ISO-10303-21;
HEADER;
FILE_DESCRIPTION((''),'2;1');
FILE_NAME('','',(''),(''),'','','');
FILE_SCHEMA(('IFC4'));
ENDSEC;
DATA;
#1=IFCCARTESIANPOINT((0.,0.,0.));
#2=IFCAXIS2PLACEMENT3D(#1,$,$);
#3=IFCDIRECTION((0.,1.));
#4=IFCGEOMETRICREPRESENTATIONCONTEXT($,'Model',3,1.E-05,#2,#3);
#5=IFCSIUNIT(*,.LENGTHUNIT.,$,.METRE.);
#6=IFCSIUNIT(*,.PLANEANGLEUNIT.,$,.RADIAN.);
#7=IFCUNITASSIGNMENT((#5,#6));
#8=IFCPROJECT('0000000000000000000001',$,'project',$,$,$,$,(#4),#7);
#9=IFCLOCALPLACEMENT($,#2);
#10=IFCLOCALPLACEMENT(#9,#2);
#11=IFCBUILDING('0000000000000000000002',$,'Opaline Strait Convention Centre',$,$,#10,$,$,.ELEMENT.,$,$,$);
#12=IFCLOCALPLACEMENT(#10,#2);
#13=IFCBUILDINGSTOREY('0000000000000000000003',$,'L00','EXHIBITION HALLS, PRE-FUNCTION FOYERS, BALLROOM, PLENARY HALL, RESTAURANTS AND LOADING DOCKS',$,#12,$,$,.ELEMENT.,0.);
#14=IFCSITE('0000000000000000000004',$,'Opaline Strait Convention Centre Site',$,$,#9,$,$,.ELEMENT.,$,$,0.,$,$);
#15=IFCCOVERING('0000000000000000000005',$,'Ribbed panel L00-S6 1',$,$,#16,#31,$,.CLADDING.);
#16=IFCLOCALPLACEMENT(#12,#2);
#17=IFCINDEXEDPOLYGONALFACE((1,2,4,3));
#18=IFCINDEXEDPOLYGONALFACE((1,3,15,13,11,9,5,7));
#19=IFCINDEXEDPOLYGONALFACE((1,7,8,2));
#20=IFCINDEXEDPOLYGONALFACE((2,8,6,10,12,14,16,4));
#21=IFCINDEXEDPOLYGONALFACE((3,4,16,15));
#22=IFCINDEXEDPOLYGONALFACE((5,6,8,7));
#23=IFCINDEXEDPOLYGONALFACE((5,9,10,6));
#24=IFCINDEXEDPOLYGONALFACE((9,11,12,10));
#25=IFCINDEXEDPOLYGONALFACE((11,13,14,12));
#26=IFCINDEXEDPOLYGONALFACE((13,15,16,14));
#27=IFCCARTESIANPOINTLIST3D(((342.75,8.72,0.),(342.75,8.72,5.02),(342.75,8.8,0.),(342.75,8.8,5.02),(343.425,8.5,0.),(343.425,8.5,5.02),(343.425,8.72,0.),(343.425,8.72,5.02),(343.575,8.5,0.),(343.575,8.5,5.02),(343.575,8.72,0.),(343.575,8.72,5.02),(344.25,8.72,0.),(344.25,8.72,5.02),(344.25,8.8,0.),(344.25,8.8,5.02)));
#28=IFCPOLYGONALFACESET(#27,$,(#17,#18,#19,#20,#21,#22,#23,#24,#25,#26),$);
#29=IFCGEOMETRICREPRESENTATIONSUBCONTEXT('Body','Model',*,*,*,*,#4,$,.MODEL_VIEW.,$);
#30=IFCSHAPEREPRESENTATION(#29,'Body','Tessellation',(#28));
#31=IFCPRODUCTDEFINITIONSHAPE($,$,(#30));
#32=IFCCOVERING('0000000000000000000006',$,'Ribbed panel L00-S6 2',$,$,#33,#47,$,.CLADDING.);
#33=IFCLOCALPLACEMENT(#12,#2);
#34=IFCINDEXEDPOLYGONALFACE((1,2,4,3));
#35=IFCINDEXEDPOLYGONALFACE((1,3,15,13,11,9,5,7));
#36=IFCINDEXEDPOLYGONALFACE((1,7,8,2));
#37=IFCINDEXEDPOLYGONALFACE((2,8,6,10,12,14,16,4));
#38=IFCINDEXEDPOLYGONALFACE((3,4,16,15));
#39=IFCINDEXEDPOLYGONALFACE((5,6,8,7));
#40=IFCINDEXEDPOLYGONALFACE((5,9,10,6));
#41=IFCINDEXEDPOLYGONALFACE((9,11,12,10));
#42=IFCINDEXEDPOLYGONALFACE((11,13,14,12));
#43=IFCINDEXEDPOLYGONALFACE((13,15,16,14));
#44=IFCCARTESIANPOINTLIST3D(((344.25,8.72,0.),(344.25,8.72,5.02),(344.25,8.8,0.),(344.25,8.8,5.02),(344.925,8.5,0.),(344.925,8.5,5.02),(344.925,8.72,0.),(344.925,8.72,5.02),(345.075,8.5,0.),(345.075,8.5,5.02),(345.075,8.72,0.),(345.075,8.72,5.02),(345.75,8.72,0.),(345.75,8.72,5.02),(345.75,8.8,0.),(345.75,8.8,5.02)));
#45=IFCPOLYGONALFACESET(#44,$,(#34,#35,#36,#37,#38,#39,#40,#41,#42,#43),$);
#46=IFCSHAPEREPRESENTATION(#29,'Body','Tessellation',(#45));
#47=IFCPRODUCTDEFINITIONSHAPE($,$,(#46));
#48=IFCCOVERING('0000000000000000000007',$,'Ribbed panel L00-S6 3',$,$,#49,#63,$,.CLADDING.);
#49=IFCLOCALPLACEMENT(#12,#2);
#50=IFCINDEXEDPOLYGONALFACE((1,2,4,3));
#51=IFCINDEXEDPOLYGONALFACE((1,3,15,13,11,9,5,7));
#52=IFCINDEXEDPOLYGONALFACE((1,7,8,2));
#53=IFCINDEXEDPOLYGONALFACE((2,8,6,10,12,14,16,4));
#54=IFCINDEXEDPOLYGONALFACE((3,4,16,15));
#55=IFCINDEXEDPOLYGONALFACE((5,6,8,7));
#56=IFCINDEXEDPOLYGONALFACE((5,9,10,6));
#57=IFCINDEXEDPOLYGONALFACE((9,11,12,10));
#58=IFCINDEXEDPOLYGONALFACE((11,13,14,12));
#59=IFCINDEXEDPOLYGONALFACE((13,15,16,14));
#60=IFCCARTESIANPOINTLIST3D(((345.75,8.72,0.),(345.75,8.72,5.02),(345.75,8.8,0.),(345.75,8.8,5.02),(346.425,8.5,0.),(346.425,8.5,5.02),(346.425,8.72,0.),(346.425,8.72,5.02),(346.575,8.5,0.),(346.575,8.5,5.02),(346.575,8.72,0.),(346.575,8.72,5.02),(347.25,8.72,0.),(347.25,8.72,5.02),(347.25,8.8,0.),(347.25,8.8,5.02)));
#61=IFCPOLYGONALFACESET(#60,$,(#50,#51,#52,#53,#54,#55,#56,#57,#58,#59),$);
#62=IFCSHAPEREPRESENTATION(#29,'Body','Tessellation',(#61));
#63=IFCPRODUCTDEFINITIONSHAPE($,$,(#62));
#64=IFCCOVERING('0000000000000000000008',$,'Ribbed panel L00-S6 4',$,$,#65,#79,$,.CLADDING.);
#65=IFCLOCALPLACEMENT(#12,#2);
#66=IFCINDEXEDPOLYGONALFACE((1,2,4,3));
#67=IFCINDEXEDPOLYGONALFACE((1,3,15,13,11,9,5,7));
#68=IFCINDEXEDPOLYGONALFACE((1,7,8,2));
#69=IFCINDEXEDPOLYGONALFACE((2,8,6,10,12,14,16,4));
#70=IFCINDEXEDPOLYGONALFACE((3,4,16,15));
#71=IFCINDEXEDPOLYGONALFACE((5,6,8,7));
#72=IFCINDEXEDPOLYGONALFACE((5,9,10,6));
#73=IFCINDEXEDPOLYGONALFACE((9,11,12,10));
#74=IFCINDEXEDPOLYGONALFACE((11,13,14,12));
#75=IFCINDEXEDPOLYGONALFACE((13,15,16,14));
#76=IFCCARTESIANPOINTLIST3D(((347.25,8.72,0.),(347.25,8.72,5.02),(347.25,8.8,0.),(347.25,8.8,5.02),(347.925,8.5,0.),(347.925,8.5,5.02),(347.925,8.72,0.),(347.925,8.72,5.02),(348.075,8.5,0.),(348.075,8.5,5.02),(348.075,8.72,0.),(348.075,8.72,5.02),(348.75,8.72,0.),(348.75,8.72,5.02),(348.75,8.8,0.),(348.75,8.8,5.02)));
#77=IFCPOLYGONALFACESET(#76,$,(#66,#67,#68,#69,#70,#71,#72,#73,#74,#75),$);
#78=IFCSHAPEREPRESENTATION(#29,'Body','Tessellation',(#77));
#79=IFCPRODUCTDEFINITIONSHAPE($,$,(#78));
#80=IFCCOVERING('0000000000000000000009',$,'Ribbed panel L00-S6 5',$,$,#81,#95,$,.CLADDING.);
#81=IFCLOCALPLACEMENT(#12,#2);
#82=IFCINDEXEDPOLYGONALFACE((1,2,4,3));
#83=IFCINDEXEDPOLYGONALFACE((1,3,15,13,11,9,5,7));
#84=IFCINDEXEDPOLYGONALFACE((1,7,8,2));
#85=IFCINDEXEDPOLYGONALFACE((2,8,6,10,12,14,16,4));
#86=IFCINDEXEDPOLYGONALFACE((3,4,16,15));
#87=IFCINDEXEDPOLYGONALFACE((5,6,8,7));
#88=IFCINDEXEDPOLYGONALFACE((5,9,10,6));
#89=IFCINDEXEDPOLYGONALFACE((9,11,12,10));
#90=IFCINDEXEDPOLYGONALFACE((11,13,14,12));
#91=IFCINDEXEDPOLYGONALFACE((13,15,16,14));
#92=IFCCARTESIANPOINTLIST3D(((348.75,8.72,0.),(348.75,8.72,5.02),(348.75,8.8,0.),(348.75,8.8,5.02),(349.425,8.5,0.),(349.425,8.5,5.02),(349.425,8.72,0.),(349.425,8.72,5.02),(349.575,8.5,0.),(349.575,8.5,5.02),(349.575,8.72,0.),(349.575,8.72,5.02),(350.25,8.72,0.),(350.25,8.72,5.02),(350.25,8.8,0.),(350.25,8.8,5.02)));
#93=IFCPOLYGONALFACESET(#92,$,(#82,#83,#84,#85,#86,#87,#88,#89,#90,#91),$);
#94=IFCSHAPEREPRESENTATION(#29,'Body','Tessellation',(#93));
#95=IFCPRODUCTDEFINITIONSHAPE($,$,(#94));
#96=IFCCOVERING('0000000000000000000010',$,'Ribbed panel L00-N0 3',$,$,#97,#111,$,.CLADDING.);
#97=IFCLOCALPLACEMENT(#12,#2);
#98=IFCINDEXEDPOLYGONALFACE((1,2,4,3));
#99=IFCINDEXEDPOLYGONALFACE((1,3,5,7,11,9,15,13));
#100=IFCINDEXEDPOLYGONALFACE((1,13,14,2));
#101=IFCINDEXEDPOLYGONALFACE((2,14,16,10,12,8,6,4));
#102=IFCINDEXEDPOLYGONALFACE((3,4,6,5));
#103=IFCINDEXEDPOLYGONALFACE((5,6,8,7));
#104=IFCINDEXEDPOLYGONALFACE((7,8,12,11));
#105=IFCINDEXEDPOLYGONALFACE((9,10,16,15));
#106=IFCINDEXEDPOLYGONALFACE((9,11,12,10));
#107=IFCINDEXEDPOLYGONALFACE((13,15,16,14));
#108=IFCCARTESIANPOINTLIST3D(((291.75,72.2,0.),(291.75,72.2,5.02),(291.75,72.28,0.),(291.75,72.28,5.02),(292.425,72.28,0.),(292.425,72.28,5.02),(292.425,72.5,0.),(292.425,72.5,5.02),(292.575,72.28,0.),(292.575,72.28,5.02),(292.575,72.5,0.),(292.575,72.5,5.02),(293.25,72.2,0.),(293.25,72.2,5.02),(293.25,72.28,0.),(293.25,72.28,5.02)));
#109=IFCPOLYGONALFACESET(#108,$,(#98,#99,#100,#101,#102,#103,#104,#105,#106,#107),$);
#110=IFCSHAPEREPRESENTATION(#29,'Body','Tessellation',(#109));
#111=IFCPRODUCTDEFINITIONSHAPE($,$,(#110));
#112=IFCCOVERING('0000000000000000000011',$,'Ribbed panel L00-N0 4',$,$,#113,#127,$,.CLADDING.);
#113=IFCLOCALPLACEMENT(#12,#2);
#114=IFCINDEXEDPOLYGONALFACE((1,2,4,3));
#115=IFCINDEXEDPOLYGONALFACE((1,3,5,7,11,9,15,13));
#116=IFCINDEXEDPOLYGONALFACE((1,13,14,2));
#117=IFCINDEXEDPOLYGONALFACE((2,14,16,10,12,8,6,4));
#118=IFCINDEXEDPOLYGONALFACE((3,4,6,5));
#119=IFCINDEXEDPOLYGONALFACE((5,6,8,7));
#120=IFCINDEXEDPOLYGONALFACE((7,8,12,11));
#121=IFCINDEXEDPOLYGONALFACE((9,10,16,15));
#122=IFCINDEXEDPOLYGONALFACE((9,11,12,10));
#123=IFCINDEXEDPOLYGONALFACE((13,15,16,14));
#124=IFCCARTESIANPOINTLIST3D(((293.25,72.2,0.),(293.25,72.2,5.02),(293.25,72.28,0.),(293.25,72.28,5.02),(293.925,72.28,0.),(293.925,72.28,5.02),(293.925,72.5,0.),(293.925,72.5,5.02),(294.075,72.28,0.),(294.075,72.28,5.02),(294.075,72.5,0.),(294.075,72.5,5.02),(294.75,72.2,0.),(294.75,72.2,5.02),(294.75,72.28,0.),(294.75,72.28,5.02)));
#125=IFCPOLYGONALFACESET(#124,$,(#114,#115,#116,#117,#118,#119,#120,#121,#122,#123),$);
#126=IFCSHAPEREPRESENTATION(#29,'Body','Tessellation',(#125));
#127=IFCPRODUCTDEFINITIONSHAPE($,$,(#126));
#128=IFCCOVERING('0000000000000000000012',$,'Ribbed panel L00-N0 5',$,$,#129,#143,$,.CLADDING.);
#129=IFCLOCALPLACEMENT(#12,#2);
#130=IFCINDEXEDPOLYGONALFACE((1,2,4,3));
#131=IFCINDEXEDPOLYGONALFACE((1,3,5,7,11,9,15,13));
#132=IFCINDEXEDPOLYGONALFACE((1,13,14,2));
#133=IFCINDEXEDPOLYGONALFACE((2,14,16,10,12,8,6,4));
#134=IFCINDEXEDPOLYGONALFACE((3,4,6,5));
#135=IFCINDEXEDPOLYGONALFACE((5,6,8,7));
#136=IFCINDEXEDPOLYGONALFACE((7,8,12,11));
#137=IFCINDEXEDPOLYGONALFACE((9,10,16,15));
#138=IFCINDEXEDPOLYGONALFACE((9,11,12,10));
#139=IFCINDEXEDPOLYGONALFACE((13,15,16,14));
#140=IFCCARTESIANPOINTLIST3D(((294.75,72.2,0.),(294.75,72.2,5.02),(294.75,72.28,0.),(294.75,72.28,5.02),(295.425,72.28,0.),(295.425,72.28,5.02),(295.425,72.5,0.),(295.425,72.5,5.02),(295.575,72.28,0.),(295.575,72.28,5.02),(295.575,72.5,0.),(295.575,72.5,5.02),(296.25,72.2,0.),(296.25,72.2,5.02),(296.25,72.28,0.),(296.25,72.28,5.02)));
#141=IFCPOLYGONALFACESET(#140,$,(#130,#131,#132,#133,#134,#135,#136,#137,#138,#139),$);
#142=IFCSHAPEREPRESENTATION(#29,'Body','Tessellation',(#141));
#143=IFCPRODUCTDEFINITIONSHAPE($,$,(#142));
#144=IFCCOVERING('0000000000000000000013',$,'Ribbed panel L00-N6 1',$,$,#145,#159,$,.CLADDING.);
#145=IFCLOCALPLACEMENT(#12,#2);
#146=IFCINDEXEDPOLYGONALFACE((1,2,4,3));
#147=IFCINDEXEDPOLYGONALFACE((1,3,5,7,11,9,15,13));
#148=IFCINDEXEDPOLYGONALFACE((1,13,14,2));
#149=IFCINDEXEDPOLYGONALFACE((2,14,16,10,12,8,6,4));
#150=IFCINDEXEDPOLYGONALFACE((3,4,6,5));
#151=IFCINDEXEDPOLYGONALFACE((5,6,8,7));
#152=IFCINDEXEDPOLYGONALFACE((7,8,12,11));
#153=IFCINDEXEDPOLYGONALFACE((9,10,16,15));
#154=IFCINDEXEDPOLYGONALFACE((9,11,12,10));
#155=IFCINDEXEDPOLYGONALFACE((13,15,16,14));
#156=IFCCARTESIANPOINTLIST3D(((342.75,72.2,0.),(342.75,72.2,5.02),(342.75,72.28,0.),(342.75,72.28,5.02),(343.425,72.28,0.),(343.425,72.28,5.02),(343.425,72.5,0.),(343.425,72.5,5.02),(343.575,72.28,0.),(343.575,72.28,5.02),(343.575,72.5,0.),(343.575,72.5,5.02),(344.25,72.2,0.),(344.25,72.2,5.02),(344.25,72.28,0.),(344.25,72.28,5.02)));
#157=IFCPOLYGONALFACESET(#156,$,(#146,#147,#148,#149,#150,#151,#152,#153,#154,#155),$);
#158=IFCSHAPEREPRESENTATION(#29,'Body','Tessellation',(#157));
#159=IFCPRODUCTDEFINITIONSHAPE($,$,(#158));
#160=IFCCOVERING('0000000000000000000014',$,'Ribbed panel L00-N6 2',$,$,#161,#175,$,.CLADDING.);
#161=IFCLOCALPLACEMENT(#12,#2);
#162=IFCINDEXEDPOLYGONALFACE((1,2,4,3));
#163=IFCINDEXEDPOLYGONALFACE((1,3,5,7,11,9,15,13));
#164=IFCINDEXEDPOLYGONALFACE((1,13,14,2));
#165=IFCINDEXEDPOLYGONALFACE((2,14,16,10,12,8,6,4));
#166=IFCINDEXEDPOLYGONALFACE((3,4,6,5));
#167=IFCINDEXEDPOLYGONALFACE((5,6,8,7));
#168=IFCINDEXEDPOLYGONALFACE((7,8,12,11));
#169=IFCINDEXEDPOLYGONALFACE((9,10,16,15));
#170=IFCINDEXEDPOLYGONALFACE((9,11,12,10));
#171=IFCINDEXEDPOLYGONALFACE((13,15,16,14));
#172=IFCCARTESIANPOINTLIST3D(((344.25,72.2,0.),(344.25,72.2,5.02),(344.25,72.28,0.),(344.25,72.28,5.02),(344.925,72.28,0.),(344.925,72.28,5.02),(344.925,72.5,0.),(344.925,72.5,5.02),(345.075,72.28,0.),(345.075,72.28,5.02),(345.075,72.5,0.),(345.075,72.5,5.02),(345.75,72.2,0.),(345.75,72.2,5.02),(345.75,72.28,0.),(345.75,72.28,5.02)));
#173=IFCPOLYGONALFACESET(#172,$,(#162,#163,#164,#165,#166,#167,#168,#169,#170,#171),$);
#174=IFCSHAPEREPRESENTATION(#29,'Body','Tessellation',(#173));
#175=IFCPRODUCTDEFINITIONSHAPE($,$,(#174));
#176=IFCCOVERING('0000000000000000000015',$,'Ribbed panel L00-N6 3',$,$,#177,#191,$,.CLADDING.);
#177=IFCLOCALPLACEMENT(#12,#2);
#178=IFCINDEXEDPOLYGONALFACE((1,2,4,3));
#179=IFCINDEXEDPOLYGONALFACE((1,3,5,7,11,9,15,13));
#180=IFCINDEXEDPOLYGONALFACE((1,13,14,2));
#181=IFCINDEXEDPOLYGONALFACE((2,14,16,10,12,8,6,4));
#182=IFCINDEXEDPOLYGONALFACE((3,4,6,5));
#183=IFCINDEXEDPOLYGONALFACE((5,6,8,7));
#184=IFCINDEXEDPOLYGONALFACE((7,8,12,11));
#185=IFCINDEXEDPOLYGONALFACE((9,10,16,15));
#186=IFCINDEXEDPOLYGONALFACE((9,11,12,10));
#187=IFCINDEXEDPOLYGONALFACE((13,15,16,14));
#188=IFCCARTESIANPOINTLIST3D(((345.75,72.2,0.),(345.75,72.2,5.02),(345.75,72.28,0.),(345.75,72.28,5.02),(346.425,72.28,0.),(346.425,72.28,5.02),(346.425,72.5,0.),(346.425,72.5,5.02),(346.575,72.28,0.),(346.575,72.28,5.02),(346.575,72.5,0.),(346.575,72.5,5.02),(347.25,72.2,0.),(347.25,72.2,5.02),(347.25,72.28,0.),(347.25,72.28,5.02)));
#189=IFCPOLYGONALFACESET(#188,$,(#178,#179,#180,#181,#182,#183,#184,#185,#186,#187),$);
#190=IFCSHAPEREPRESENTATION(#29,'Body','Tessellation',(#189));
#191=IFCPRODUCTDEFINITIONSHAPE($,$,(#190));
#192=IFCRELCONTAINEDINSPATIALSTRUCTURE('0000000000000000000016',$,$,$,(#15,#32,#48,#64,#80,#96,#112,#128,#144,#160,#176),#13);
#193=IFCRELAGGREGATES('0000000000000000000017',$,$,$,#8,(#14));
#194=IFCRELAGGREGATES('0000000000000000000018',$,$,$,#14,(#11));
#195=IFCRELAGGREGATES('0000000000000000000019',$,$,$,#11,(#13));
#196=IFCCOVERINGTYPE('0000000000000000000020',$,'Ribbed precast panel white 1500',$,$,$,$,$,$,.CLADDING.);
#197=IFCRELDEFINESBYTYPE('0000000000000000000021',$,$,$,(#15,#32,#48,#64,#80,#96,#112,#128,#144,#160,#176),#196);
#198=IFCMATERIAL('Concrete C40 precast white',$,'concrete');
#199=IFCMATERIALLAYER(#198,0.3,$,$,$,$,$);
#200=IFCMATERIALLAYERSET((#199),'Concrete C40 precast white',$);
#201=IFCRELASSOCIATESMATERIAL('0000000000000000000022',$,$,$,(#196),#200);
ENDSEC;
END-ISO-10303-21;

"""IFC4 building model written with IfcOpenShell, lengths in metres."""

from ifc_helpers import new_model, si_unit, direction, origin, place, context, subcontext, project, spatial, polyline, outline, extrude, material, layer, layer_set, type_object, element, save


model = new_model("IFC4")

# Units and contexts
model_context = context("Model", 3, precision=1e-05, world=origin(), true_north=direction((0.0, 1.0)))
body_context = subcontext(model_context, "Body", "Model", "MODEL_VIEW")
ifc_project = project(units=[si_unit("LENGTHUNIT", "METRE"), si_unit("PLANEANGLEUNIT", "RADIAN")], contexts=[model_context])

# Site, building, storey
site_placement = place(None, origin())
site = spatial("IfcSite", under=ifc_project, at=site_placement, Name="Opaline Strait Convention Centre Site", CompositionType="ELEMENT", RefElevation=0.0)
building_placement = place(site_placement, origin())
building = spatial("IfcBuilding", under=site, at=building_placement, Name="Opaline Strait Convention Centre", CompositionType="ELEMENT")
storey_placement = place(building_placement, origin())
storey = spatial("IfcBuildingStorey", under=building, at=storey_placement, Name="L00", Description="EXHIBITION HALLS, PRE-FUNCTION FOYERS, BALLROOM, PLENARY HALL, RESTAURANTS AND LOADING DOCKS", CompositionType="ELEMENT", Elevation=0.0)

# Coverings
ifc_material_1 = material(Name="Concrete C40 precast white", Category="concrete")
ifc_layer_1 = layer(ifc_material_1, 0.3)
ifc_layer_set_1 = layer_set([ifc_layer_1], Name="Concrete C40 precast white")
covering_type = type_object("IfcCoveringType", Name="Ribbed precast panel white 1500", PredefinedType="CLADDING", material=ifc_layer_set_1)
covering_1_placement = place(storey_placement, origin())
element("IfcCovering", 1, at=covering_1_placement, inside=storey, type_object=covering_type, Name="Ribbed panel L00-S6 1", PredefinedType="CLADDING", context=body_context, shape_type="SweptSolid", body=[
    extrude(outline(polyline([(342.75, 8.8), (344.25, 8.8), (344.25, 8.72), (343.575, 8.72), (343.575, 8.5), (343.425, 8.5), (343.425, 8.72), (342.75, 8.72), (342.75, 8.8)])), origin(), (0.0, 0.0, 1.0), 5.02),
])
covering_2_placement = place(storey_placement, origin())
element("IfcCovering", 2, at=covering_2_placement, inside=storey, type_object=covering_type, Name="Ribbed panel L00-S6 2", PredefinedType="CLADDING", context=body_context, shape_type="SweptSolid", body=[
    extrude(outline(polyline([(344.25, 8.8), (345.75, 8.8), (345.75, 8.72), (345.075, 8.72), (345.075, 8.5), (344.925, 8.5), (344.925, 8.72), (344.25, 8.72), (344.25, 8.8)])), origin(), (0.0, 0.0, 1.0), 5.02),
])
covering_3_placement = place(storey_placement, origin())
element("IfcCovering", 3, at=covering_3_placement, inside=storey, type_object=covering_type, Name="Ribbed panel L00-S6 3", PredefinedType="CLADDING", context=body_context, shape_type="SweptSolid", body=[
    extrude(outline(polyline([(345.75, 8.8), (347.25, 8.8), (347.25, 8.72), (346.575, 8.72), (346.575, 8.5), (346.425, 8.5), (346.425, 8.72), (345.75, 8.72), (345.75, 8.8)])), origin(), (0.0, 0.0, 1.0), 5.02),
])
covering_4_placement = place(storey_placement, origin())
element("IfcCovering", 4, at=covering_4_placement, inside=storey, type_object=covering_type, Name="Ribbed panel L00-S6 4", PredefinedType="CLADDING", context=body_context, shape_type="SweptSolid", body=[
    extrude(outline(polyline([(347.25, 8.8), (348.75, 8.8), (348.75, 8.72), (348.075, 8.72), (348.075, 8.5), (347.925, 8.5), (347.925, 8.72), (347.25, 8.72), (347.25, 8.8)])), origin(), (0.0, 0.0, 1.0), 5.02),
])
covering_5_placement = place(storey_placement, origin())
element("IfcCovering", 5, at=covering_5_placement, inside=storey, type_object=covering_type, Name="Ribbed panel L00-S6 5", PredefinedType="CLADDING", context=body_context, shape_type="SweptSolid", body=[
    extrude(outline(polyline([(348.75, 8.8), (350.25, 8.8), (350.25, 8.72), (349.575, 8.72), (349.575, 8.5), (349.425, 8.5), (349.425, 8.72), (348.75, 8.72), (348.75, 8.8)])), origin(), (0.0, 0.0, 1.0), 5.02),
])
covering_6_placement = place(storey_placement, origin())
element("IfcCovering", 6, at=covering_6_placement, inside=storey, type_object=covering_type, Name="Ribbed panel L00-N0 3", PredefinedType="CLADDING", context=body_context, shape_type="SweptSolid", body=[
    extrude(outline(polyline([(291.75, 72.2), (293.25, 72.2), (293.25, 72.28), (292.575, 72.28), (292.575, 72.5), (292.425, 72.5), (292.425, 72.28), (291.75, 72.28), (291.75, 72.2)])), origin(), (0.0, 0.0, 1.0), 5.02),
])
covering_7_placement = place(storey_placement, origin())
element("IfcCovering", 7, at=covering_7_placement, inside=storey, type_object=covering_type, Name="Ribbed panel L00-N0 4", PredefinedType="CLADDING", context=body_context, shape_type="SweptSolid", body=[
    extrude(outline(polyline([(293.25, 72.2), (294.75, 72.2), (294.75, 72.28), (294.075, 72.28), (294.075, 72.5), (293.925, 72.5), (293.925, 72.28), (293.25, 72.28), (293.25, 72.2)])), origin(), (0.0, 0.0, 1.0), 5.02),
])
covering_8_placement = place(storey_placement, origin())
element("IfcCovering", 8, at=covering_8_placement, inside=storey, type_object=covering_type, Name="Ribbed panel L00-N0 5", PredefinedType="CLADDING", context=body_context, shape_type="SweptSolid", body=[
    extrude(outline(polyline([(294.75, 72.2), (296.25, 72.2), (296.25, 72.28), (295.575, 72.28), (295.575, 72.5), (295.425, 72.5), (295.425, 72.28), (294.75, 72.28), (294.75, 72.2)])), origin(), (0.0, 0.0, 1.0), 5.02),
])
covering_9_placement = place(storey_placement, origin())
element("IfcCovering", 9, at=covering_9_placement, inside=storey, type_object=covering_type, Name="Ribbed panel L00-N6 1", PredefinedType="CLADDING", context=body_context, shape_type="SweptSolid", body=[
    extrude(outline(polyline([(342.75, 72.2), (344.25, 72.2), (344.25, 72.28), (343.575, 72.28), (343.575, 72.5), (343.425, 72.5), (343.425, 72.28), (342.75, 72.28), (342.75, 72.2)])), origin(), (0.0, 0.0, 1.0), 5.02),
])
covering_10_placement = place(storey_placement, origin())
element("IfcCovering", 10, at=covering_10_placement, inside=storey, type_object=covering_type, Name="Ribbed panel L00-N6 2", PredefinedType="CLADDING", context=body_context, shape_type="SweptSolid", body=[
    extrude(outline(polyline([(344.25, 72.2), (345.75, 72.2), (345.75, 72.28), (345.075, 72.28), (345.075, 72.5), (344.925, 72.5), (344.925, 72.28), (344.25, 72.28), (344.25, 72.2)])), origin(), (0.0, 0.0, 1.0), 5.02),
])
covering_11_placement = place(storey_placement, origin())
element("IfcCovering", 11, at=covering_11_placement, inside=storey, type_object=covering_type, Name="Ribbed panel L00-N6 3", PredefinedType="CLADDING", context=body_context, shape_type="SweptSolid", body=[
    extrude(outline(polyline([(345.75, 72.2), (347.25, 72.2), (347.25, 72.28), (346.575, 72.28), (346.575, 72.5), (346.425, 72.5), (346.425, 72.28), (345.75, 72.28), (345.75, 72.2)])), origin(), (0.0, 0.0, 1.0), 5.02),
])

save(model, "model.ifc")
